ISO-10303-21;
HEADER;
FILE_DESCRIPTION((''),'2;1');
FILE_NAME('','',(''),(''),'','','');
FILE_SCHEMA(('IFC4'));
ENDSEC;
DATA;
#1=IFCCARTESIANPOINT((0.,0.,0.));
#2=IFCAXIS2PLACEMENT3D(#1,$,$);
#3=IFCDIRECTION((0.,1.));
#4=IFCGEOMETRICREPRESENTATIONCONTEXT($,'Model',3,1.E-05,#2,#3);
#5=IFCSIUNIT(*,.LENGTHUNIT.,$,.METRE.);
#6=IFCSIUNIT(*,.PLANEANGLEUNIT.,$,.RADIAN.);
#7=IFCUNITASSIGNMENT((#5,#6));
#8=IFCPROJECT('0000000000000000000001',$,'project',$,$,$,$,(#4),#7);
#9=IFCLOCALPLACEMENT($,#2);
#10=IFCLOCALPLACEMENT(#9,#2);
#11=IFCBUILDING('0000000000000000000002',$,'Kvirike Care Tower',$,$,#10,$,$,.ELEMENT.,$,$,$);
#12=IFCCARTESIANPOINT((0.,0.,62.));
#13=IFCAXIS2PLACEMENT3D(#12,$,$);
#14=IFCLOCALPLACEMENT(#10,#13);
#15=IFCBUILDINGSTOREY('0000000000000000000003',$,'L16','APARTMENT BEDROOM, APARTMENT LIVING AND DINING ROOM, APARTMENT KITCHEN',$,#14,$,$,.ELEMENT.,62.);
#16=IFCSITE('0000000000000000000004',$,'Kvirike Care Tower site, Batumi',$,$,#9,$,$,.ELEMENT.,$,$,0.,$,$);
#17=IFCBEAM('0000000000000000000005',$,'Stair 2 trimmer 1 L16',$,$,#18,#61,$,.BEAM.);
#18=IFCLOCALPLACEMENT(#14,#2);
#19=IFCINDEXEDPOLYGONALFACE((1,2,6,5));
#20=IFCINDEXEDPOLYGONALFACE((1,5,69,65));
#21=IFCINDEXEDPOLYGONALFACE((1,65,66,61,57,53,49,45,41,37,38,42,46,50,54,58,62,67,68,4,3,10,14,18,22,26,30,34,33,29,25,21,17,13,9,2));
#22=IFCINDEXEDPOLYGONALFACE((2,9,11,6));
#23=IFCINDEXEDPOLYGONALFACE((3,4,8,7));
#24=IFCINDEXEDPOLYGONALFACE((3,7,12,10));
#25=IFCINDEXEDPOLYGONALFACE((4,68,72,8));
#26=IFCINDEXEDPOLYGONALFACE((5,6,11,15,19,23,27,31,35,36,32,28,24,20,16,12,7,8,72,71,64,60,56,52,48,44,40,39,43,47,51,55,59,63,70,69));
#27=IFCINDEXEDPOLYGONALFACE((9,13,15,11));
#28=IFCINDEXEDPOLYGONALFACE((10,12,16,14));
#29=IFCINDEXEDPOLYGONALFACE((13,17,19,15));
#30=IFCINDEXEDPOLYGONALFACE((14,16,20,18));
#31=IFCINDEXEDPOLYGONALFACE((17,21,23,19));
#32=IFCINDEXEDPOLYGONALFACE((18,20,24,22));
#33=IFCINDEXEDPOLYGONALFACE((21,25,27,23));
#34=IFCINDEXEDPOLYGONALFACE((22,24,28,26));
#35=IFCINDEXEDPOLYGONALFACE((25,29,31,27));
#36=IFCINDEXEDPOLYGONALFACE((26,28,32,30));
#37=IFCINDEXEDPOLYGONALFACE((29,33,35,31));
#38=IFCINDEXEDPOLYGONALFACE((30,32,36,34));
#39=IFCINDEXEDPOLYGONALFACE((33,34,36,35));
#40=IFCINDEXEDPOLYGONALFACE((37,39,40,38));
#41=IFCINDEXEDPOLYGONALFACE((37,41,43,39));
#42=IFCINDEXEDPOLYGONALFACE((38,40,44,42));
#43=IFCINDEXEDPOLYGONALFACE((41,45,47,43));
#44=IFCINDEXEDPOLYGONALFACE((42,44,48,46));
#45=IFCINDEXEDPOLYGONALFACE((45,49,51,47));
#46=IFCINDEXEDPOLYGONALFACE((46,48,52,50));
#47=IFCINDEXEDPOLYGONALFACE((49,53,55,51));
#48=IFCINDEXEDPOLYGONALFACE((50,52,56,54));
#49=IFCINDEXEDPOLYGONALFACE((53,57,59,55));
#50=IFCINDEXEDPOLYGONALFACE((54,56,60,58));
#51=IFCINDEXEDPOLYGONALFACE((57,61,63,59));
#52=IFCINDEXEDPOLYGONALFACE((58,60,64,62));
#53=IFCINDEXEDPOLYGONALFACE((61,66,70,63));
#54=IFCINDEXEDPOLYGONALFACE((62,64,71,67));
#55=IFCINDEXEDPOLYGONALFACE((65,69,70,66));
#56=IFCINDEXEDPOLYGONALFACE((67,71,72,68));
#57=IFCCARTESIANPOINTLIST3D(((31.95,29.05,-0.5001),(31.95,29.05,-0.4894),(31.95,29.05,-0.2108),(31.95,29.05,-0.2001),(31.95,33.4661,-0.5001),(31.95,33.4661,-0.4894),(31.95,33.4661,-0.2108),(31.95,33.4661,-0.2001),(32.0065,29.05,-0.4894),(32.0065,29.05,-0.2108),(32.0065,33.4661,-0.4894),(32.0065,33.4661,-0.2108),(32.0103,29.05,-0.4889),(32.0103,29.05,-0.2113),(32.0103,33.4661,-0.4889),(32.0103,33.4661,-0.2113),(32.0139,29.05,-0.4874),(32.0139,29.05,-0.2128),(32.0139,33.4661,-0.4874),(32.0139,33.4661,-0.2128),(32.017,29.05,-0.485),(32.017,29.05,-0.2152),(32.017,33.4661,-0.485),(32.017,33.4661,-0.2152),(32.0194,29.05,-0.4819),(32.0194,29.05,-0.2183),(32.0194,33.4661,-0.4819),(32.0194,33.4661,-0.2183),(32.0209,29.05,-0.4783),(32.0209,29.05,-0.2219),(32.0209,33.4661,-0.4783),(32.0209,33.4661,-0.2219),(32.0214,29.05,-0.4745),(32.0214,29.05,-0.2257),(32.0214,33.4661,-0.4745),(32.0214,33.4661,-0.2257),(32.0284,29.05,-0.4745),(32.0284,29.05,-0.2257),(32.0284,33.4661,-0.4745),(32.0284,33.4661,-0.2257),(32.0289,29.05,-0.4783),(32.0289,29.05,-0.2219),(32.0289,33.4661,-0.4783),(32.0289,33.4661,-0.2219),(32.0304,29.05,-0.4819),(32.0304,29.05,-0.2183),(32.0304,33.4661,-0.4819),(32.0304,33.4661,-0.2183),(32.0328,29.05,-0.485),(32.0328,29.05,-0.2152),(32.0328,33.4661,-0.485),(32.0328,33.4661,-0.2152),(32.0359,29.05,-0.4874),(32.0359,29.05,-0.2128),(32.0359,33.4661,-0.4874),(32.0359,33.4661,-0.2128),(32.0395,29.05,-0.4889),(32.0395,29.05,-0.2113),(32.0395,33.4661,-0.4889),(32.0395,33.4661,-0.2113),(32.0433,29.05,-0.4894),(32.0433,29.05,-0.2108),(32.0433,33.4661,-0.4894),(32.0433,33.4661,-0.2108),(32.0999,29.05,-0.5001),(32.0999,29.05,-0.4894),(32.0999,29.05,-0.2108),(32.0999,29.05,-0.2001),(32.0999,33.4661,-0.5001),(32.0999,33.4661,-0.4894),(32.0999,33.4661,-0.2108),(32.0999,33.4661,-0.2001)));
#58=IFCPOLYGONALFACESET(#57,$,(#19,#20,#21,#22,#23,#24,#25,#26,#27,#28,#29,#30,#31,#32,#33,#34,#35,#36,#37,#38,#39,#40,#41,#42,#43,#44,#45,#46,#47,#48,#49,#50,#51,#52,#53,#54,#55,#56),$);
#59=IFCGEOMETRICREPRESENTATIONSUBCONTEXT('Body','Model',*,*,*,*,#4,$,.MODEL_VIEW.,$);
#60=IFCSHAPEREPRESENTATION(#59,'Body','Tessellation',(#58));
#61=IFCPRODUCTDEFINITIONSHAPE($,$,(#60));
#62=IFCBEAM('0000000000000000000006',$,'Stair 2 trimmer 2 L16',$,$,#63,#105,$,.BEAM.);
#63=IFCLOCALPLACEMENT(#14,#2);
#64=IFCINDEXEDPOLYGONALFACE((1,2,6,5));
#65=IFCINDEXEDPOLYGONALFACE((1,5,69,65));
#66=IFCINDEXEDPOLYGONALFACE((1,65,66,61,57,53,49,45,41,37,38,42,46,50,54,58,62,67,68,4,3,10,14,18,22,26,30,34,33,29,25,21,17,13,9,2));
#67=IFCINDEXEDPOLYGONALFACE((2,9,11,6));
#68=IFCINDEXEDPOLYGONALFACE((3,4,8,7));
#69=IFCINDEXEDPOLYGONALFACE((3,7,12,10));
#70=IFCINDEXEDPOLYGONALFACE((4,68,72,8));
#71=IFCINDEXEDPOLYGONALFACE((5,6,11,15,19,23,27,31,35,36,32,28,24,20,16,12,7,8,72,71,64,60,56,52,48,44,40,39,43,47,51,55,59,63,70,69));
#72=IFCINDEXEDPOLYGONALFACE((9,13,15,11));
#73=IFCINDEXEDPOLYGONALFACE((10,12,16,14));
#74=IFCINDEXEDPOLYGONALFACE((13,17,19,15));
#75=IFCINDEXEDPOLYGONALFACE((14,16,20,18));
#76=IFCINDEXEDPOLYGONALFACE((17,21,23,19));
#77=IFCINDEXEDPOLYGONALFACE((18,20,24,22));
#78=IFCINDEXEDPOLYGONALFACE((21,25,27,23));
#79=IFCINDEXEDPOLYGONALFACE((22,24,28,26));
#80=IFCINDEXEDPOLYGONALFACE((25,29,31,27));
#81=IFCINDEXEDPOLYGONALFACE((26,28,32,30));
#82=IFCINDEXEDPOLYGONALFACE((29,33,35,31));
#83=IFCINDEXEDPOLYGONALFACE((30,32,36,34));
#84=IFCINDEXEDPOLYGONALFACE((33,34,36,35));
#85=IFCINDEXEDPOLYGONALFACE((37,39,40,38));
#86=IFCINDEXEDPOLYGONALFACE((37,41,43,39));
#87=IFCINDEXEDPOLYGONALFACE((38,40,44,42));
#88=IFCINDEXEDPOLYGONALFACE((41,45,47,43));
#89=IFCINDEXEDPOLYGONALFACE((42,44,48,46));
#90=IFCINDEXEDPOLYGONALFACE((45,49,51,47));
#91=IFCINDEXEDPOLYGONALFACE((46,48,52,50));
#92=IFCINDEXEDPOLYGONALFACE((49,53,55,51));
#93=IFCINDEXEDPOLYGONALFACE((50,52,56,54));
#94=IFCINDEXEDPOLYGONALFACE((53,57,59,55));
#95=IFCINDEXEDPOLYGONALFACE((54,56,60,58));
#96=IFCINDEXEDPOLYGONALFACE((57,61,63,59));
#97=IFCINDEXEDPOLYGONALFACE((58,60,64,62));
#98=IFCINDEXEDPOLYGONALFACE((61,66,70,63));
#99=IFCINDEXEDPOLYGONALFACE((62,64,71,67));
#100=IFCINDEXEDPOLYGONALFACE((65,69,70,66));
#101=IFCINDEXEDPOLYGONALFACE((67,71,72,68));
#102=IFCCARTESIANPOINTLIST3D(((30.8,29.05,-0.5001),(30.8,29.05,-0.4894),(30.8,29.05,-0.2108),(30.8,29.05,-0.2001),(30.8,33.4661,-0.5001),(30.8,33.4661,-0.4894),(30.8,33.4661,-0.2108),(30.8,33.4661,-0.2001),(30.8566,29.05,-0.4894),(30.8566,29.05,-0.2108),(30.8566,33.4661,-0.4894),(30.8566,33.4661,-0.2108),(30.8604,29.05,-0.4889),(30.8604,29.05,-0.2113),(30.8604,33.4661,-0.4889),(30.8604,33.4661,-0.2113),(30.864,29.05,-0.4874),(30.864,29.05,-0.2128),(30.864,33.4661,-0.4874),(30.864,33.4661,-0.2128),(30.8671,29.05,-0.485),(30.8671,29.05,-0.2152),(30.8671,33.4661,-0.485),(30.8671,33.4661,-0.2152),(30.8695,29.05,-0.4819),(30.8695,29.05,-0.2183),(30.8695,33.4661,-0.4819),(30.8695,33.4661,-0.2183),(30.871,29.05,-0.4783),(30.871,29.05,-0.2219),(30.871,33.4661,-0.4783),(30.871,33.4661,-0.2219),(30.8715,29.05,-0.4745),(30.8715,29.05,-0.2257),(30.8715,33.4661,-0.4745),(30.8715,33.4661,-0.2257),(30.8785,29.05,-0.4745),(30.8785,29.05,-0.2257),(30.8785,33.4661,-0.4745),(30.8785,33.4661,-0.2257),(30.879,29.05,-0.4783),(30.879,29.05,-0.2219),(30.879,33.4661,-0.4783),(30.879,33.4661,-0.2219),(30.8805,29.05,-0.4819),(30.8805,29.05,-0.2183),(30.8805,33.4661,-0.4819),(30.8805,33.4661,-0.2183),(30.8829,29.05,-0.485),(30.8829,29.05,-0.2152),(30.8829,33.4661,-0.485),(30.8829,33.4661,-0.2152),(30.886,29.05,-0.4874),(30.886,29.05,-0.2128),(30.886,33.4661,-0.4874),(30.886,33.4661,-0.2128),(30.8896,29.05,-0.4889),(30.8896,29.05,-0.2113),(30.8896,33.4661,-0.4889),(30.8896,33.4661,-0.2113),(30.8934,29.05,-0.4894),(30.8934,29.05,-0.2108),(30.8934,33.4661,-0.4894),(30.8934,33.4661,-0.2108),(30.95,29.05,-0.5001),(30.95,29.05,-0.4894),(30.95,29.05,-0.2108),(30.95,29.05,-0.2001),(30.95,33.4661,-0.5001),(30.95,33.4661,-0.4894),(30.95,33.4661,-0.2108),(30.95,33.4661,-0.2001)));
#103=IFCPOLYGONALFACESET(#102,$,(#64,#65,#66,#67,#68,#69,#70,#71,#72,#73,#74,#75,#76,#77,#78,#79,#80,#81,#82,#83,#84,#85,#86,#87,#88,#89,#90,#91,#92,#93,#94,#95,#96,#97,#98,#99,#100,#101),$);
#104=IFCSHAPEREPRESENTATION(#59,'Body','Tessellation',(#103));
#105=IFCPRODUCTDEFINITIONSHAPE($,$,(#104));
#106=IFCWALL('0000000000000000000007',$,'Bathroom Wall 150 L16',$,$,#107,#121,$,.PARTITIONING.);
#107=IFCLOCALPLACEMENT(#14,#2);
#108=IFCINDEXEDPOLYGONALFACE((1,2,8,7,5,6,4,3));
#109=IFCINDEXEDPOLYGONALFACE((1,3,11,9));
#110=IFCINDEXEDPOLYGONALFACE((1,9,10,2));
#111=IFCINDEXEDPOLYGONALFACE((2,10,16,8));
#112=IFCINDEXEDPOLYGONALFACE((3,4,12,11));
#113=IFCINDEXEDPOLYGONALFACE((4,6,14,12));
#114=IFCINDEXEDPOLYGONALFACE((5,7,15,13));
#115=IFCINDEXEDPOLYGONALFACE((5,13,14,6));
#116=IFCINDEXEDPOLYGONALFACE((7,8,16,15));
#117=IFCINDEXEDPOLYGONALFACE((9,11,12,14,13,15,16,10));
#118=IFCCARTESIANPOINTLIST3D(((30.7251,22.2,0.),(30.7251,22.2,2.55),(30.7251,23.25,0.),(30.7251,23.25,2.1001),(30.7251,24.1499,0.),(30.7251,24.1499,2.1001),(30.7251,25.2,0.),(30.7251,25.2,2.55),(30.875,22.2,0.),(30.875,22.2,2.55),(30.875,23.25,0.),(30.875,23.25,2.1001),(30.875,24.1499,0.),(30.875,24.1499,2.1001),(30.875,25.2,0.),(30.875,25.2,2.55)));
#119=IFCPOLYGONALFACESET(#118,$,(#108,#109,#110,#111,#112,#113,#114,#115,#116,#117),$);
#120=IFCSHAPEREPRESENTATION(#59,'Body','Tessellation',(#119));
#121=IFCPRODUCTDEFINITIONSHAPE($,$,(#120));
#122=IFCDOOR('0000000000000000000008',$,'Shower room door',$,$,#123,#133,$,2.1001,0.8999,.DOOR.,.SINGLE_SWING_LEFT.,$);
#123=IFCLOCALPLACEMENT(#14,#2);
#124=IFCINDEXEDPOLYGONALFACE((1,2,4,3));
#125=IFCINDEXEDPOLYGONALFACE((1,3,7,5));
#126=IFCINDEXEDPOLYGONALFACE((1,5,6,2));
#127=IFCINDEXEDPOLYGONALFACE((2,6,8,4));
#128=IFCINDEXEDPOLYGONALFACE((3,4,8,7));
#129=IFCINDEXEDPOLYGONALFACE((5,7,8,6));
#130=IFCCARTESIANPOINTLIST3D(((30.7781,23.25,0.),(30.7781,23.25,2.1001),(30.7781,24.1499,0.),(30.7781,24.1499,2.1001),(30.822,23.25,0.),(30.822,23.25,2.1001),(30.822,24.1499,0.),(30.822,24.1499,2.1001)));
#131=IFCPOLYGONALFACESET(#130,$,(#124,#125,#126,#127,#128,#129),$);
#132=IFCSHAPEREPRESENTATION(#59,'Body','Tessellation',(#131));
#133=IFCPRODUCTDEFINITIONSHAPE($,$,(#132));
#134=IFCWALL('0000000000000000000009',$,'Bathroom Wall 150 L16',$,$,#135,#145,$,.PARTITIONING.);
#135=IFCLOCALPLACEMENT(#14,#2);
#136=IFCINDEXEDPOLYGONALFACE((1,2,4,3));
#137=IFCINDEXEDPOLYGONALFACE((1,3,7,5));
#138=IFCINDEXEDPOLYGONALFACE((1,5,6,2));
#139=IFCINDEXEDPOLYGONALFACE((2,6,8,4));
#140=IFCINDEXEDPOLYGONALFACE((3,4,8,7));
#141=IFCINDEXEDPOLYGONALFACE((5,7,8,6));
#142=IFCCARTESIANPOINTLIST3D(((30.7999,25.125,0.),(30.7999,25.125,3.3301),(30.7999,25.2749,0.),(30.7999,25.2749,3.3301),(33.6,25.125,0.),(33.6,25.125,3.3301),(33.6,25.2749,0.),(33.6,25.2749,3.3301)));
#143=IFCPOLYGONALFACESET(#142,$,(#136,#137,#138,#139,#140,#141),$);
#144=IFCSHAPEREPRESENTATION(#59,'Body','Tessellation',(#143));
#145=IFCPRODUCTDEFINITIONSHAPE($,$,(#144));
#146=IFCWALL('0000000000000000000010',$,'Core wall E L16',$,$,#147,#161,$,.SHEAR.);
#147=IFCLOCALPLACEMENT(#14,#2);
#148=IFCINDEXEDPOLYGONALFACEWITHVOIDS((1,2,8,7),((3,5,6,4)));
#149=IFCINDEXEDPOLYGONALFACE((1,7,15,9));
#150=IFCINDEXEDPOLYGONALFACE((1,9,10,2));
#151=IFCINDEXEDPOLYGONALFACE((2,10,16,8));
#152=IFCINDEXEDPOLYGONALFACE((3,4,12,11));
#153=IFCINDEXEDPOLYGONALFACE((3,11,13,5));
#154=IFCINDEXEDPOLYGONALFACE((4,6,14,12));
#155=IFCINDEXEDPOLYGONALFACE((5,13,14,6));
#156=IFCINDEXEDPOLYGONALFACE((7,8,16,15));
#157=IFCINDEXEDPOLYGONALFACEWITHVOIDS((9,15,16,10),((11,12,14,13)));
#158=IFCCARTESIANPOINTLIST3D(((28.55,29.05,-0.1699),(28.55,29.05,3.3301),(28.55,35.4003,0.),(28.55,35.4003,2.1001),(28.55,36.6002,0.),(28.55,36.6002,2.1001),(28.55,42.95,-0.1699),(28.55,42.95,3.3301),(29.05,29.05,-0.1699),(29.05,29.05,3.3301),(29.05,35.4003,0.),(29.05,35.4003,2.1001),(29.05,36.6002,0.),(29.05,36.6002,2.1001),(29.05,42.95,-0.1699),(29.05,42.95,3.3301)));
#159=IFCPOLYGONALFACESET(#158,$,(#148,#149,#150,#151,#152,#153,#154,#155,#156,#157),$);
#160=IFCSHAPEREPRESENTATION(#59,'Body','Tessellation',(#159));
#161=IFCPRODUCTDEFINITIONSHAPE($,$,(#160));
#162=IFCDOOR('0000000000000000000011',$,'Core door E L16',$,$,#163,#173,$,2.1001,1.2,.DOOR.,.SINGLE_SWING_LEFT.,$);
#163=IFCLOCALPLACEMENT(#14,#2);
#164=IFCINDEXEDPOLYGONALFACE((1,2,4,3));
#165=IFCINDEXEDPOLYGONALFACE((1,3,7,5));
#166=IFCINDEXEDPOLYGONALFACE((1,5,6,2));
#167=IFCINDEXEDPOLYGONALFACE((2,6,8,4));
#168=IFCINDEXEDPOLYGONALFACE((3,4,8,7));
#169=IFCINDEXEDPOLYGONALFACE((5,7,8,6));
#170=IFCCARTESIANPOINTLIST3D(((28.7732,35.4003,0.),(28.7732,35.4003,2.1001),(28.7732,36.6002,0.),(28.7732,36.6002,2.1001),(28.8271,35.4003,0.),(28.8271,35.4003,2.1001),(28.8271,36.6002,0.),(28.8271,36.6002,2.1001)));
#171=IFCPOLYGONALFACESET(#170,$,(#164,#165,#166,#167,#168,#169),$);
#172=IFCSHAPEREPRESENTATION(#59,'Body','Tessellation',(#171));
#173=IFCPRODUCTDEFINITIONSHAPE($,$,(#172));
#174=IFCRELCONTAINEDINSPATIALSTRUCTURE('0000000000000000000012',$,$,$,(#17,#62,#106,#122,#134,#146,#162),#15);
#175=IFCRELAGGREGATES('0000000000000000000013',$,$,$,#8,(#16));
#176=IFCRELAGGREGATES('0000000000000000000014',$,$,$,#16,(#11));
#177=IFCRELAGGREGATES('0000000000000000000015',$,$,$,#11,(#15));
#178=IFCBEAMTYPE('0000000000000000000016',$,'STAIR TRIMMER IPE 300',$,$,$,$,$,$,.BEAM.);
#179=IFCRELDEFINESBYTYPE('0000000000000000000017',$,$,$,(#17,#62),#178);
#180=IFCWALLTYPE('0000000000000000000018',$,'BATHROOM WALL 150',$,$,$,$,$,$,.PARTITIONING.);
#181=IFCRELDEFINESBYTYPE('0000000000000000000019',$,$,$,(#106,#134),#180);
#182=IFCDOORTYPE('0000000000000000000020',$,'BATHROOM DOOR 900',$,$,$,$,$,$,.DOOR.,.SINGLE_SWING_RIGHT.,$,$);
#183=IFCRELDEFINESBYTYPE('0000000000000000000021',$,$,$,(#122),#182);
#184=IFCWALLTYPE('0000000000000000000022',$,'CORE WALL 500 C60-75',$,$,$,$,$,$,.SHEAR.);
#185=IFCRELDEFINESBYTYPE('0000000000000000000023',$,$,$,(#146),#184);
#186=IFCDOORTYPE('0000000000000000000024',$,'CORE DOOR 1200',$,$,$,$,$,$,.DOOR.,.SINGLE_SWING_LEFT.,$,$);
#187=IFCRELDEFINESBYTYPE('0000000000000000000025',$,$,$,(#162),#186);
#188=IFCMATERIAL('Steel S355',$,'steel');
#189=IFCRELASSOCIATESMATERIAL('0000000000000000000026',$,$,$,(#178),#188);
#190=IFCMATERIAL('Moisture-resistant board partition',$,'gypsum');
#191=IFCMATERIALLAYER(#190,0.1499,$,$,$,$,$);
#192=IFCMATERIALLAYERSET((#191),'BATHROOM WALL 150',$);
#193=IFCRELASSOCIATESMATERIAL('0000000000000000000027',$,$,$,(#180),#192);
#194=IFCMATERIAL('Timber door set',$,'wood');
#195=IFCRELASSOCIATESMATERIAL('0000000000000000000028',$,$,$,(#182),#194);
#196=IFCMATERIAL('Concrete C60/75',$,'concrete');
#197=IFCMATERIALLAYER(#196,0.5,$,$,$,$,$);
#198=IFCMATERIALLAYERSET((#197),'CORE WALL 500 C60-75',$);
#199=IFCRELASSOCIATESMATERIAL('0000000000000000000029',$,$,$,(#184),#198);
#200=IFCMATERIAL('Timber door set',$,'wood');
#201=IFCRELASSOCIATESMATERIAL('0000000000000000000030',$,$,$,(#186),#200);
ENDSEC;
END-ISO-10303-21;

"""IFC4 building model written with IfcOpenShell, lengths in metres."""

from ifc_helpers import new_model, si_unit, direction, frame, frame_2d, origin, origin_2d, place, context, subcontext, project, spatial, rectangle, i_section, extrude, material, layer, layer_set, material_profile, profile_set, type_object, element, fill, save


model = new_model("IFC4")

# Units and contexts
model_context = context("Model", 3, precision=1e-05, world=origin(), true_north=direction((0.0, 1.0)))
body_context = subcontext(model_context, "Body", "Model", "MODEL_VIEW")
ifc_project = project(units=[si_unit("LENGTHUNIT", "METRE"), si_unit("PLANEANGLEUNIT", "RADIAN")], contexts=[model_context])

# Site, building, storey
site_placement = place(None, origin())
site = spatial("IfcSite", under=ifc_project, at=site_placement, Name="Kvirike Care Tower site, Batumi", CompositionType="ELEMENT", RefElevation=0.0)
building_placement = place(site_placement, origin())
building = spatial("IfcBuilding", under=site, at=building_placement, Name="Kvirike Care Tower", CompositionType="ELEMENT")
storey_placement = place(building_placement, frame((0.0, 0.0, 62.0)))
storey = spatial("IfcBuildingStorey", under=building, at=storey_placement, Name="L16", Description="APARTMENT BEDROOM, APARTMENT LIVING AND DINING ROOM, APARTMENT KITCHEN", CompositionType="ELEMENT", Elevation=62.0)

# Beams
ifc_material_1 = material(Name="Steel S355", Category="steel")
ifc_material_profile_1 = material_profile(ifc_material_1, i_section(OverallWidth=0.1499, OverallDepth=0.3, WebThickness=0.0071, FlangeThickness=0.0107, FilletRadius=0.0149, at=origin_2d()), Name="IPE 300")
ifc_profile_set_1 = profile_set([ifc_material_profile_1], Name="Steel S355")
beam_type_1 = type_object("IfcBeamType", Name="STAIR TRIMMER IPE 300", PredefinedType="BEAM", material=ifc_profile_set_1)
for number, where, z_axis, x_axis, name in (
    (1, (32.0249, 29.05, -0.3501), (0.0, 1.0, 0.0), (-1.0, 0.0, 0.0), "Stair 2 trimmer 1 L16"),
    (2, (30.875, 29.05, -0.3501), (0.0, 1.0, 0.0), (-1.0, 0.0, 0.0), "Stair 2 trimmer 2 L16"),
):
    element("IfcBeam", number, at=place(storey_placement, frame(where, z_axis=z_axis, x_axis=x_axis)), inside=storey, type_object=beam_type_1, Name=name, PredefinedType="BEAM", context=body_context, shape_type="SweptSolid", body=[
        extrude(i_section(OverallWidth=0.1499, OverallDepth=0.3, WebThickness=0.0071, FlangeThickness=0.0107, FilletRadius=0.0149, at=origin_2d()), origin(), (0.0, 0.0, 1.0), 4.416),
    ])

# Wall, opening, door
ifc_material_2 = material(Name="Moisture-resistant board partition", Category="gypsum")
ifc_layer_1 = layer(ifc_material_2, 0.1499)
ifc_layer_set_1 = layer_set([ifc_layer_1], Name="BATHROOM WALL 150")
wall_type_1 = type_object("IfcWallType", Name="BATHROOM WALL 150", PredefinedType="PARTITIONING", material=ifc_layer_set_1)
wall_1_placement = place(storey_placement, frame((30.8, 22.2, 0.0), z_axis=(0.0, 0.0, 1.0), x_axis=(0.0, 1.0, 0.0)))
wall_1 = element("IfcWall", 3, at=wall_1_placement, inside=storey, type_object=wall_type_1, Name="Bathroom Wall 150 L16", PredefinedType="PARTITIONING", context=body_context, shape_type="SweptSolid", body=[
    extrude(rectangle(XDim=3.0, YDim=0.1499, at=frame_2d((1.5, 0.0))), origin(), (0.0, 0.0, 1.0), 2.55),
])
opening_1_placement = place(wall_1_placement, frame((1.05, 0.0, 0.0)))
opening_1 = element("IfcOpeningElement", 4, at=opening_1_placement, cuts=wall_1, PredefinedType="OPENING", context=body_context, shape_type="SweptSolid", body=[
    extrude(rectangle(XDim=0.8999, YDim=2.1001, at=frame_2d((0.45, 1.05))), frame((0.0, 0.0854, 0.0), z_axis=(0.0, -1.0, 0.0), x_axis=(1.0, 0.0, 0.0)), (0.0, 0.0, 1.0), 0.1709),
])
ifc_material_3 = material(Name="Timber door set", Category="wood")
door_type_1 = type_object("IfcDoorType", Name="BATHROOM DOOR 900", OperationType="SINGLE_SWING_RIGHT", PredefinedType="DOOR", material=ifc_material_3)
door_1_placement = place(opening_1_placement, frame((0.8999, 0.0, 0.0), z_axis=(0.0, 0.0, 1.0), x_axis=(-1.0, 0.0, 0.0)))
door_1 = element("IfcDoor", 5, at=door_1_placement, inside=storey, type_object=door_type_1, Name="Shower room door", OperationType="SINGLE_SWING_LEFT", OverallHeight=2.1001, OverallWidth=0.8999, PredefinedType="DOOR", context=body_context, shape_type="SweptSolid", body=[
    extrude(rectangle(XDim=0.8999, YDim=2.1001, at=frame_2d((0.45, 1.05))), frame((0.0, 0.022, 0.0), z_axis=(0.0, -1.0, 0.0), x_axis=(1.0, 0.0, 0.0)), (0.0, 0.0, 1.0), 0.0439),
])
fill(opening_1, door_1)

# Wall
wall_2_placement = place(storey_placement, frame((30.8, 25.2, 0.0), z_axis=(0.0, 0.0, 1.0), x_axis=(1.0, 0.0, 0.0)))
element("IfcWall", 6, at=wall_2_placement, inside=storey, type_object=wall_type_1, Name="Bathroom Wall 150 L16", PredefinedType="PARTITIONING", context=body_context, shape_type="SweptSolid", body=[
    extrude(rectangle(XDim=2.8, YDim=0.1499, at=frame_2d((1.3999, 0.0))), origin(), (0.0, 0.0, 1.0), 3.3301),
])

# Wall, opening, door
ifc_material_4 = material(Name="Concrete C60/75", Category="concrete")
ifc_layer_2 = layer(ifc_material_4, 0.5)
ifc_layer_set_2 = layer_set([ifc_layer_2], Name="CORE WALL 500 C60-75")
wall_type_2 = type_object("IfcWallType", Name="CORE WALL 500 C60-75", PredefinedType="SHEAR", material=ifc_layer_set_2)
wall_3_placement = place(storey_placement, frame((28.8, 29.05, -0.1699), z_axis=(0.0, 0.0, 1.0), x_axis=(0.0, 1.0, 0.0)))
wall_3 = element("IfcWall", 7, at=wall_3_placement, inside=storey, type_object=wall_type_2, Name="Core wall E L16", PredefinedType="SHEAR", context=body_context, shape_type="SweptSolid", body=[
    extrude(rectangle(XDim=13.8999, YDim=0.5, at=frame_2d((6.95, 0.0))), origin(), (0.0, 0.0, 1.0), 3.5),
])
opening_2_placement = place(wall_3_placement, frame((6.3501, 0.0, 0.1699)))
opening_2 = element("IfcOpeningElement", 8, at=opening_2_placement, cuts=wall_3, PredefinedType="OPENING", context=body_context, shape_type="SweptSolid", body=[
    extrude(rectangle(XDim=1.2, YDim=2.1001, at=frame_2d((0.6001, 1.05))), frame((0.0, 0.2605, 0.0), z_axis=(0.0, -1.0, 0.0), x_axis=(1.0, 0.0, 0.0)), (0.0, 0.0, 1.0), 0.521),
])
ifc_material_5 = material(Name="Timber door set", Category="wood")
door_type_2 = type_object("IfcDoorType", Name="CORE DOOR 1200", OperationType="SINGLE_SWING_LEFT", PredefinedType="DOOR", material=ifc_material_5)
door_2_placement = place(opening_2_placement, origin())
door_2 = element("IfcDoor", 9, at=door_2_placement, inside=storey, type_object=door_type_2, Name="Core door E L16", OperationType="SINGLE_SWING_LEFT", OverallHeight=2.1001, OverallWidth=1.2, PredefinedType="DOOR", context=body_context, shape_type="SweptSolid", body=[
    extrude(rectangle(XDim=1.2, YDim=2.1001, at=frame_2d((0.6001, 1.05))), frame((0.0, 0.0269, 0.0), z_axis=(0.0, -1.0, 0.0), x_axis=(1.0, 0.0, 0.0)), (0.0, 0.0, 1.0), 0.054),
])
fill(opening_2, door_2)

save(model, "model.ifc")
